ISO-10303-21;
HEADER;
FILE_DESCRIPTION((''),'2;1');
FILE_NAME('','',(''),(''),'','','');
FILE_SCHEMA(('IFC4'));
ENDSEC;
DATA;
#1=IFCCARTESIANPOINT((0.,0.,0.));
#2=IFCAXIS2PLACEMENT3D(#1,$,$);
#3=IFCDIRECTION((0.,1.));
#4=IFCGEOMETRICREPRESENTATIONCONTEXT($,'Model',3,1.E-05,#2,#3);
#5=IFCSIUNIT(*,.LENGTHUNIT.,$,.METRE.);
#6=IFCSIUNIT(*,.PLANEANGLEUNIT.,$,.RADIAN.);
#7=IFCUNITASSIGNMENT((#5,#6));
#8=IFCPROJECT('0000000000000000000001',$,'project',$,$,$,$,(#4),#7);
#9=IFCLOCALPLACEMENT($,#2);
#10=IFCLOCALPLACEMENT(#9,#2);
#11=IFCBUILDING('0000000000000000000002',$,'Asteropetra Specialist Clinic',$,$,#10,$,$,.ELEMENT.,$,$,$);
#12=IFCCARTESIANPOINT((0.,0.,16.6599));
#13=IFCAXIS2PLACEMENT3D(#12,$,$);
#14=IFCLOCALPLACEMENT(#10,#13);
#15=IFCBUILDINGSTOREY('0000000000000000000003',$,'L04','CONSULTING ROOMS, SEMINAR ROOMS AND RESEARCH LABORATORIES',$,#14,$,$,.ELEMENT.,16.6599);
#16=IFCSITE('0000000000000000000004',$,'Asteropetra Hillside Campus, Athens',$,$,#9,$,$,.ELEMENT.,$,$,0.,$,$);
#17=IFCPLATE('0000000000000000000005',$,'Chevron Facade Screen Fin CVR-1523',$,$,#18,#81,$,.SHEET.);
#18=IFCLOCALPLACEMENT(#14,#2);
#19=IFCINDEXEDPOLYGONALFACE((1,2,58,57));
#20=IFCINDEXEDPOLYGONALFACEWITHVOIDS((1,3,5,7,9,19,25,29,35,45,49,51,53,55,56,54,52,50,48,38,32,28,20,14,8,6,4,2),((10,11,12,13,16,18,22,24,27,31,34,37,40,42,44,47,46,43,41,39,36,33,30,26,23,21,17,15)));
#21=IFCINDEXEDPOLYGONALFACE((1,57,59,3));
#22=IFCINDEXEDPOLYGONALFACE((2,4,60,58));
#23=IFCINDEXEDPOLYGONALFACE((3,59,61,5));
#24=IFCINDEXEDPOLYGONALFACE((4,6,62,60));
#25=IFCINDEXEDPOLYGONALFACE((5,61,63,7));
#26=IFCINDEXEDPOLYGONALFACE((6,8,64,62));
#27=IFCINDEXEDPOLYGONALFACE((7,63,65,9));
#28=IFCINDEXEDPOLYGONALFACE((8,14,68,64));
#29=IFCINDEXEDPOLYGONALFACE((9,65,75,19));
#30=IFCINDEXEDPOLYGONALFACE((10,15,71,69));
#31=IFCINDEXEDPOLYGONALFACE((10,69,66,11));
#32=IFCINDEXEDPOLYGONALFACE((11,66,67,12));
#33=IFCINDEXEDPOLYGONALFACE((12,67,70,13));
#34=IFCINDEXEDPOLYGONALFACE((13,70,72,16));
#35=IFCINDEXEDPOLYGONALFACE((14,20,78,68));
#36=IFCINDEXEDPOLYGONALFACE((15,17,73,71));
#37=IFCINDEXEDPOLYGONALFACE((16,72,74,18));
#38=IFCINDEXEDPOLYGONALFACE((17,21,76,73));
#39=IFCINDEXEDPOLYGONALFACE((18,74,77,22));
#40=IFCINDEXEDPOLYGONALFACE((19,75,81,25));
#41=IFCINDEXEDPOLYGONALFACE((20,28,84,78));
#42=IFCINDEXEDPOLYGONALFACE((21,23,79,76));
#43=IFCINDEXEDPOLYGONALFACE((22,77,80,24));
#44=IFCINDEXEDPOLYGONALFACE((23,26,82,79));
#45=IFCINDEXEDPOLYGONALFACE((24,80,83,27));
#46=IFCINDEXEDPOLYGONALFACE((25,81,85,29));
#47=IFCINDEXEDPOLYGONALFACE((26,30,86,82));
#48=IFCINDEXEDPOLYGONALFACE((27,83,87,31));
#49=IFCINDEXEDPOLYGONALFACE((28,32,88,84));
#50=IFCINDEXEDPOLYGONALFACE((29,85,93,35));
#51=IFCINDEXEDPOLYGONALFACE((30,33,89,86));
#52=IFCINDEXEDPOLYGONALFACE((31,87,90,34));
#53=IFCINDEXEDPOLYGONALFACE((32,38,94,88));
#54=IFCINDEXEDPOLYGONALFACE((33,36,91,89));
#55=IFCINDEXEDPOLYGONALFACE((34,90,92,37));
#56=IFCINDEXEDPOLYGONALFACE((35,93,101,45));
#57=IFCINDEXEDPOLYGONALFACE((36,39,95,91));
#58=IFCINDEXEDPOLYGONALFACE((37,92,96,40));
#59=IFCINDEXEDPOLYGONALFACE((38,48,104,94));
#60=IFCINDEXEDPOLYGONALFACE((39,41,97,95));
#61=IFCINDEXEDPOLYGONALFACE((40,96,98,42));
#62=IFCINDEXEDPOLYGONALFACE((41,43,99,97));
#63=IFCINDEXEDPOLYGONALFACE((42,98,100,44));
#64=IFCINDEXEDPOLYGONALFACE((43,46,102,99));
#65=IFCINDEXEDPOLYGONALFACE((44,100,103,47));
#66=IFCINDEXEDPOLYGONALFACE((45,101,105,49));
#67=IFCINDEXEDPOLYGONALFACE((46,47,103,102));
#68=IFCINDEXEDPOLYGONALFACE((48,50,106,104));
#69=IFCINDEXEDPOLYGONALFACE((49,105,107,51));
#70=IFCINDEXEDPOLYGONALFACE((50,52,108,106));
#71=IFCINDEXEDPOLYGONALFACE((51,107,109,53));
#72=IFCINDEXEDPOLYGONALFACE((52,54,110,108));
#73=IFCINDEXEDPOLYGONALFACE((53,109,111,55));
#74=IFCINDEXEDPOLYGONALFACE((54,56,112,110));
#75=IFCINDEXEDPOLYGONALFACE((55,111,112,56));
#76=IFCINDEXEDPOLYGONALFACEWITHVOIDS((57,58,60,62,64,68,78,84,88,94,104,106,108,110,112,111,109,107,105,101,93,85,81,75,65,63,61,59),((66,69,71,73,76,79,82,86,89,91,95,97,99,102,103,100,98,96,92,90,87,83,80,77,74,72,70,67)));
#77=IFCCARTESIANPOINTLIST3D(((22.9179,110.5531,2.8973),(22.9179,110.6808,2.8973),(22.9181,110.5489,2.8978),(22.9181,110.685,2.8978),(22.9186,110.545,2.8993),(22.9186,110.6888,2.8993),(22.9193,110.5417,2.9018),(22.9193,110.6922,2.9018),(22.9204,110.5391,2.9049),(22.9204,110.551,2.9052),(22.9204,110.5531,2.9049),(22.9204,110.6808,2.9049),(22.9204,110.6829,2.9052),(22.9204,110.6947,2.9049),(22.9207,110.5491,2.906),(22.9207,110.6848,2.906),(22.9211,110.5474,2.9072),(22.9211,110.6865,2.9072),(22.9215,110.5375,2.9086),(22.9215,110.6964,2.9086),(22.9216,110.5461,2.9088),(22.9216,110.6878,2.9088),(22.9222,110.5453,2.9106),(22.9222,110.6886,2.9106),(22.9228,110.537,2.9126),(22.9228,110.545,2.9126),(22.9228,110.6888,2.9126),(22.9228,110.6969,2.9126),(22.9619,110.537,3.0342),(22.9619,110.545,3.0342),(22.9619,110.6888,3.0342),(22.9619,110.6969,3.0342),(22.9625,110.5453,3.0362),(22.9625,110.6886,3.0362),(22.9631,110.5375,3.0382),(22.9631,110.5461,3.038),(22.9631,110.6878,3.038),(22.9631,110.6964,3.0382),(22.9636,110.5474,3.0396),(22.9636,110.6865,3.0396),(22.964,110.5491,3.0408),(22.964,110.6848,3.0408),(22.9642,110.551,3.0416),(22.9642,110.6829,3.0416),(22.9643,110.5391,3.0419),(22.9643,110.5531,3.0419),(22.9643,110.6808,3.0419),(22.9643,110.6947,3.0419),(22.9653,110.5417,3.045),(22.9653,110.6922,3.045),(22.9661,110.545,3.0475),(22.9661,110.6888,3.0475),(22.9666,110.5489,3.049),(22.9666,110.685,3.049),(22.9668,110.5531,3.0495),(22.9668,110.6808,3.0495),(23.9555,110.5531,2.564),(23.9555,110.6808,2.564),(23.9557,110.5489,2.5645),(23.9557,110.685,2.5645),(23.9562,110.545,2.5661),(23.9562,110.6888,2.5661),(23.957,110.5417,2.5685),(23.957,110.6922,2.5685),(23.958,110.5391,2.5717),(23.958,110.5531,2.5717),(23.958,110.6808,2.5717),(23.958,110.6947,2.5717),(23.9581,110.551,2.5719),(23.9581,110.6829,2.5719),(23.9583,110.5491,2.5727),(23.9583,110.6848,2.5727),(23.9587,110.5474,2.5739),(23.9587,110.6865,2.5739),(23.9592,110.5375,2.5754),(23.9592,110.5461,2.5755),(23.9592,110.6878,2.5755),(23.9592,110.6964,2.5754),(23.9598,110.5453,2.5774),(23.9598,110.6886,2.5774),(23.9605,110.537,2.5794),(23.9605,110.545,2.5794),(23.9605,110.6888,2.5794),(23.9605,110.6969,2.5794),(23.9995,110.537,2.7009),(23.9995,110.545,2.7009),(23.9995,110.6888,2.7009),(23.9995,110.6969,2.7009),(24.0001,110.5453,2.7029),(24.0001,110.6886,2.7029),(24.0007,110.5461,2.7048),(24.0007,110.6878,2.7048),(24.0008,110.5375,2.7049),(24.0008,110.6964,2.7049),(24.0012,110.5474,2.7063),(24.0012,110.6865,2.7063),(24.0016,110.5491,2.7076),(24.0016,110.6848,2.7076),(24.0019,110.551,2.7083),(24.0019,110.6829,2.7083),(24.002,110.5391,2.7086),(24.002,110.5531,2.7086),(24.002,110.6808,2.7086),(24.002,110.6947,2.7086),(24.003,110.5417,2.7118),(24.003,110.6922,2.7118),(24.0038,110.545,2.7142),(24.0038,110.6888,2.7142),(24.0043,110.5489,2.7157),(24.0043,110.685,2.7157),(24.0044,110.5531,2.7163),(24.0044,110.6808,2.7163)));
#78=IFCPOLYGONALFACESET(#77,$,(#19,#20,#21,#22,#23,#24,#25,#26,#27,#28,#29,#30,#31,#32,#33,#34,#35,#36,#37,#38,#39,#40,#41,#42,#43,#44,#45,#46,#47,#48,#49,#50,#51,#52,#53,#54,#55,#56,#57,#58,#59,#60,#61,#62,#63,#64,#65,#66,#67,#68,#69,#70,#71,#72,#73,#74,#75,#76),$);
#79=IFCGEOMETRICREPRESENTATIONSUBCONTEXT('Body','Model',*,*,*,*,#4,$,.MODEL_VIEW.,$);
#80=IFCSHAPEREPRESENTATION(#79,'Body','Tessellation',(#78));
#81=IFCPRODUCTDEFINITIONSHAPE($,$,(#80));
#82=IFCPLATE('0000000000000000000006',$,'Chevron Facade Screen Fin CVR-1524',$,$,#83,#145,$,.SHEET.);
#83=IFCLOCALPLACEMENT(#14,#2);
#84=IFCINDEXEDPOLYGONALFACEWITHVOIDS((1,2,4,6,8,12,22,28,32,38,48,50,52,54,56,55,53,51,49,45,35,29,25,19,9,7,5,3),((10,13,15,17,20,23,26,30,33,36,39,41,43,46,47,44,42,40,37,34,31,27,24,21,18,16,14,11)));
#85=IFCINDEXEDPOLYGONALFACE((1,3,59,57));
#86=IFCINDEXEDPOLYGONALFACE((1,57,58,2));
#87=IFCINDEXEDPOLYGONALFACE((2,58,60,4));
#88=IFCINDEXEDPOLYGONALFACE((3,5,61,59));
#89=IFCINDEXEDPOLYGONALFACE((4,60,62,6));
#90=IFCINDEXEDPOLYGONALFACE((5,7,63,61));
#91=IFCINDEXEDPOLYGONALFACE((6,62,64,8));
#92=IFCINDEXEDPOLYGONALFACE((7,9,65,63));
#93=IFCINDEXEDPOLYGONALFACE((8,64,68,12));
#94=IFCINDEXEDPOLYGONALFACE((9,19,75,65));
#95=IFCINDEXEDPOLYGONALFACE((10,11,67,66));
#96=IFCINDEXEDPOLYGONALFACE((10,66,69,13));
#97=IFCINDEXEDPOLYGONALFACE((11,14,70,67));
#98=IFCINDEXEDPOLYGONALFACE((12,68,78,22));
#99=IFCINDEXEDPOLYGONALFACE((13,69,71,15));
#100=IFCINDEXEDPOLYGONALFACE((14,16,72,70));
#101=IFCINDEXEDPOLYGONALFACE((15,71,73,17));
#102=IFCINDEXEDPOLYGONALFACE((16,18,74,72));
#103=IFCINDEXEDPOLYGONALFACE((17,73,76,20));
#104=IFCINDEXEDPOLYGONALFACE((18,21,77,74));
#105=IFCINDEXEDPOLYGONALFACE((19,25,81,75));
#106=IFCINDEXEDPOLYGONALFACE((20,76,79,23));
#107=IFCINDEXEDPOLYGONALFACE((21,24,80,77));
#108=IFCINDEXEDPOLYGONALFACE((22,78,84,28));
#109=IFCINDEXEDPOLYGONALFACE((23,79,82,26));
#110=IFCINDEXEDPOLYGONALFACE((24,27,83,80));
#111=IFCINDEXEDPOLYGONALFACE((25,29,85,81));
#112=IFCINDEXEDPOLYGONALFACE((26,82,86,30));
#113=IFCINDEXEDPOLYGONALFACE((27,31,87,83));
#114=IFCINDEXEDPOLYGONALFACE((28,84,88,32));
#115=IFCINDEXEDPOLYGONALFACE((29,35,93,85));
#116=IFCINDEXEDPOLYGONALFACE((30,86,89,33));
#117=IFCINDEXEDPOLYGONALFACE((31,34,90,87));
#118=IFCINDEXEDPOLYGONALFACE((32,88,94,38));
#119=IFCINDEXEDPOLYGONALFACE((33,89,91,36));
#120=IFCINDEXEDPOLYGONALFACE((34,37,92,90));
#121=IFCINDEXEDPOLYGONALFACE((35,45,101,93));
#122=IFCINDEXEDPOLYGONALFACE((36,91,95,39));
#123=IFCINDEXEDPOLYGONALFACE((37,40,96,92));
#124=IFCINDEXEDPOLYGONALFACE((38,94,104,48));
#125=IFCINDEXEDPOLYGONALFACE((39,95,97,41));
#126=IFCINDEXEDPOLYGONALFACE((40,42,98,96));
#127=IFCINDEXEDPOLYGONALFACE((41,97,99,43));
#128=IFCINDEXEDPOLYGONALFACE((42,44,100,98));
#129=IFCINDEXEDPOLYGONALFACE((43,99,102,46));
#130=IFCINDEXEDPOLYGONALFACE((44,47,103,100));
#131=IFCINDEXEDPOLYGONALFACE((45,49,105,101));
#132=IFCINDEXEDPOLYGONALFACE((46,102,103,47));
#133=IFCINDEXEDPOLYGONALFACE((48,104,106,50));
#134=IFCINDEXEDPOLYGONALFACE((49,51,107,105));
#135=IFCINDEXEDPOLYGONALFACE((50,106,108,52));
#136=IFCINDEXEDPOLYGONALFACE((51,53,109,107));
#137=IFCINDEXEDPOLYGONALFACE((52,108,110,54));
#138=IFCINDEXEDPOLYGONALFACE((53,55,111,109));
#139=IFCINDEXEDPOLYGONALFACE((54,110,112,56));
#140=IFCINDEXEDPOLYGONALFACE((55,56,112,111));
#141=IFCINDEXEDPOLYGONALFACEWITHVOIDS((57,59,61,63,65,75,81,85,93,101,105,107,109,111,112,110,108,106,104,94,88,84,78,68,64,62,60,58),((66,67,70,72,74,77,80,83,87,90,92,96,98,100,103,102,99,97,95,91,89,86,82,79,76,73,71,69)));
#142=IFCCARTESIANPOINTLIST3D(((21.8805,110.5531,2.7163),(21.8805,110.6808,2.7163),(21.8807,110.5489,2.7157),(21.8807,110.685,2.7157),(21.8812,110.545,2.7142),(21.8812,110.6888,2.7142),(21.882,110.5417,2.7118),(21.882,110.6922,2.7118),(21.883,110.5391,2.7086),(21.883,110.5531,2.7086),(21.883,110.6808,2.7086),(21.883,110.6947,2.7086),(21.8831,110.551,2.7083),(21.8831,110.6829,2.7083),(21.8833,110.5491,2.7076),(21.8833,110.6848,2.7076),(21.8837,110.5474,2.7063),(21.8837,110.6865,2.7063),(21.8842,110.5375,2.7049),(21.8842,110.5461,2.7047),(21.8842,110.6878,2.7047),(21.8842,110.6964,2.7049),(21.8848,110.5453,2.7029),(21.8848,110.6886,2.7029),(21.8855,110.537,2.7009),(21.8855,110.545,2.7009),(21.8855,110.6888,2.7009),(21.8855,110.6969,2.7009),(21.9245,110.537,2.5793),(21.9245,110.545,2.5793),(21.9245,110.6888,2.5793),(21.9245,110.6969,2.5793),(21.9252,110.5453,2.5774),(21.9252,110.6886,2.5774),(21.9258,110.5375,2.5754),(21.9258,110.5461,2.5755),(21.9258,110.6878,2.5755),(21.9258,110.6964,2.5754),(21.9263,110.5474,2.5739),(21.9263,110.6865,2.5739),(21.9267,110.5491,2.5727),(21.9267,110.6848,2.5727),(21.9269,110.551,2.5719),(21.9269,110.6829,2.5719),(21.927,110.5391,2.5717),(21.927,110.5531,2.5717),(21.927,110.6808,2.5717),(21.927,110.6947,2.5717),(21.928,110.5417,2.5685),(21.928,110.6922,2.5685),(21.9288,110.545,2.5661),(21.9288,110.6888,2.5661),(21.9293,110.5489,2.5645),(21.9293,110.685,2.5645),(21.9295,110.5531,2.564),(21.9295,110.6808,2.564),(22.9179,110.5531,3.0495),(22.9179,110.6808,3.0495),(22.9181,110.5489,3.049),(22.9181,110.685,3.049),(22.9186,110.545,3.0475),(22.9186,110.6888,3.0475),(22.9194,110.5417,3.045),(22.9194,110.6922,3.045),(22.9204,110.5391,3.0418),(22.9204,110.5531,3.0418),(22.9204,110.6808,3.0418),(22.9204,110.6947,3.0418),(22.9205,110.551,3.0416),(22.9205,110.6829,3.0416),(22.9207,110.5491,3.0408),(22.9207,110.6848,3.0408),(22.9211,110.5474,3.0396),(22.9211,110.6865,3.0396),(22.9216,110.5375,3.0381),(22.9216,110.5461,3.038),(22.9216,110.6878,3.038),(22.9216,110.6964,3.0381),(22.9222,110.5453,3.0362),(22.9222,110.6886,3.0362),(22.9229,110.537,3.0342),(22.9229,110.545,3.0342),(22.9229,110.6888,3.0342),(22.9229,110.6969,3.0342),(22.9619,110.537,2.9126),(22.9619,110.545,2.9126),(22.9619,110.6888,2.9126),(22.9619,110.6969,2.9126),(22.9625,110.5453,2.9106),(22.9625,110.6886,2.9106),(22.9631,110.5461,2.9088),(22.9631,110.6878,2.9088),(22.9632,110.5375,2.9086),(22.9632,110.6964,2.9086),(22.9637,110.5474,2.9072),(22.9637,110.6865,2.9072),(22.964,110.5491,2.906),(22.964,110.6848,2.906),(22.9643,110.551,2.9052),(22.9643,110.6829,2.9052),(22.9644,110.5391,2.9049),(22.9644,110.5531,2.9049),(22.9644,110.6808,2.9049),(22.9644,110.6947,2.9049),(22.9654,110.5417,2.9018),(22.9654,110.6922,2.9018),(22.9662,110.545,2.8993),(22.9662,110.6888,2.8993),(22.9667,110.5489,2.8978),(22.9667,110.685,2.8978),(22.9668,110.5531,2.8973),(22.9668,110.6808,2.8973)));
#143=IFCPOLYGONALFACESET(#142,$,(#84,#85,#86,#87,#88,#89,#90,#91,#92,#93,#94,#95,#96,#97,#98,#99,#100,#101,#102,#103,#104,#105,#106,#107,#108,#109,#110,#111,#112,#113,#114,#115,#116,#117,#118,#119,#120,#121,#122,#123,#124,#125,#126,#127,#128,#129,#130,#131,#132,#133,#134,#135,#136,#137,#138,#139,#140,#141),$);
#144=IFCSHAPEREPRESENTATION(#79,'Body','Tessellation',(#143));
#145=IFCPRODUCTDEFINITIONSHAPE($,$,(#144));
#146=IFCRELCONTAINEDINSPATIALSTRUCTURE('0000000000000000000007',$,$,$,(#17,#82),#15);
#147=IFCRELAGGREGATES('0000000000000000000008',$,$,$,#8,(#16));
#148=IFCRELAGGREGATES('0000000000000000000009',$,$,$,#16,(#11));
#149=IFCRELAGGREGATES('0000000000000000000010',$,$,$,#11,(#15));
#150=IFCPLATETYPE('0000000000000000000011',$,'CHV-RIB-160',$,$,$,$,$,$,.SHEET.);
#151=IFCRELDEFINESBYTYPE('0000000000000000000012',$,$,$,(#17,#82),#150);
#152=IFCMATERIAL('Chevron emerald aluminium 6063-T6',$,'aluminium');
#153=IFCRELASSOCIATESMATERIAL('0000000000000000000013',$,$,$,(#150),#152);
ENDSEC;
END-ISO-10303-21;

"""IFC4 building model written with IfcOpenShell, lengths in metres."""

from ifc_helpers import new_model, si_unit, direction, frame, origin, origin_2d, place, context, subcontext, project, spatial, hollow_rectangle, extrude, material, material_profile, profile_set, type_object, element, save


model = new_model("IFC4")

# Units and contexts
model_context = context("Model", 3, precision=1e-05, world=origin(), true_north=direction((0.0, 1.0)))
body_context = subcontext(model_context, "Body", "Model", "MODEL_VIEW")
ifc_project = project(units=[si_unit("LENGTHUNIT", "METRE"), si_unit("PLANEANGLEUNIT", "RADIAN")], contexts=[model_context])

# Site, building, storey
site_placement = place(None, origin())
site = spatial("IfcSite", under=ifc_project, at=site_placement, Name="Asteropetra Hillside Campus, Athens", CompositionType="ELEMENT", RefElevation=0.0)
building_placement = place(site_placement, origin())
building = spatial("IfcBuilding", under=site, at=building_placement, Name="Asteropetra Specialist Clinic", CompositionType="ELEMENT")
storey_placement = place(building_placement, frame((0.0, 0.0, 16.6599)))
storey = spatial("IfcBuildingStorey", under=building, at=storey_placement, Name="L04", Description="CONSULTING ROOMS, SEMINAR ROOMS AND RESEARCH LABORATORIES", CompositionType="ELEMENT", Elevation=16.6599)

# Plates
ifc_material_1 = material(Name="Chevron emerald aluminium 6063-T6", Category="aluminium")
ifc_material_profile = material_profile(ifc_material_1, hollow_rectangle(XDim=0.1599, YDim=0.1599, WallThickness=0.0081, InnerFilletRadius=0.0081, OuterFilletRadius=0.0161, at=origin_2d()), Name="SHS 160x160x8.0")
ifc_profile_set = profile_set([ifc_material_profile], Name="Chevron emerald aluminium 6063-T6")
plate_type_1 = type_object("IfcPlateType", Name="CHV-RIB-160", PredefinedType="SHEET", material=ifc_profile_set)
plate_1_placement = place(storey_placement, frame((23.98, 110.6169, 2.6401), z_axis=(-0.952098, 0.0, 0.305792), x_axis=(0.0, -1.0, 0.0)))
element("IfcPlate", 1, at=plate_1_placement, inside=storey, type_object=plate_type_1, Name="Chevron Facade Screen Fin CVR-1523", PredefinedType="SHEET", context=body_context, shape_type="SweptSolid", body=[
    extrude(hollow_rectangle(XDim=0.1599, YDim=0.1599, WallThickness=0.0081, InnerFilletRadius=0.0081, OuterFilletRadius=0.0161, at=origin_2d()), origin(), (0.0, 0.0, 1.0), 1.0898),
])
plate_2_placement = place(storey_placement, frame((22.9424, 110.6169, 2.9734), z_axis=(-0.952078, 0.0, -0.305857), x_axis=(0.0, -1.0, 0.0)))
element("IfcPlate", 2, at=plate_2_placement, inside=storey, type_object=plate_type_1, Name="Chevron Facade Screen Fin CVR-1524", PredefinedType="SHEET", context=body_context, shape_type="SweptSolid", body=[
    extrude(hollow_rectangle(XDim=0.1599, YDim=0.1599, WallThickness=0.0081, InnerFilletRadius=0.0081, OuterFilletRadius=0.0161, at=origin_2d()), origin(), (0.0, 0.0, 1.0), 1.0896),
])

save(model, "model.ifc")
